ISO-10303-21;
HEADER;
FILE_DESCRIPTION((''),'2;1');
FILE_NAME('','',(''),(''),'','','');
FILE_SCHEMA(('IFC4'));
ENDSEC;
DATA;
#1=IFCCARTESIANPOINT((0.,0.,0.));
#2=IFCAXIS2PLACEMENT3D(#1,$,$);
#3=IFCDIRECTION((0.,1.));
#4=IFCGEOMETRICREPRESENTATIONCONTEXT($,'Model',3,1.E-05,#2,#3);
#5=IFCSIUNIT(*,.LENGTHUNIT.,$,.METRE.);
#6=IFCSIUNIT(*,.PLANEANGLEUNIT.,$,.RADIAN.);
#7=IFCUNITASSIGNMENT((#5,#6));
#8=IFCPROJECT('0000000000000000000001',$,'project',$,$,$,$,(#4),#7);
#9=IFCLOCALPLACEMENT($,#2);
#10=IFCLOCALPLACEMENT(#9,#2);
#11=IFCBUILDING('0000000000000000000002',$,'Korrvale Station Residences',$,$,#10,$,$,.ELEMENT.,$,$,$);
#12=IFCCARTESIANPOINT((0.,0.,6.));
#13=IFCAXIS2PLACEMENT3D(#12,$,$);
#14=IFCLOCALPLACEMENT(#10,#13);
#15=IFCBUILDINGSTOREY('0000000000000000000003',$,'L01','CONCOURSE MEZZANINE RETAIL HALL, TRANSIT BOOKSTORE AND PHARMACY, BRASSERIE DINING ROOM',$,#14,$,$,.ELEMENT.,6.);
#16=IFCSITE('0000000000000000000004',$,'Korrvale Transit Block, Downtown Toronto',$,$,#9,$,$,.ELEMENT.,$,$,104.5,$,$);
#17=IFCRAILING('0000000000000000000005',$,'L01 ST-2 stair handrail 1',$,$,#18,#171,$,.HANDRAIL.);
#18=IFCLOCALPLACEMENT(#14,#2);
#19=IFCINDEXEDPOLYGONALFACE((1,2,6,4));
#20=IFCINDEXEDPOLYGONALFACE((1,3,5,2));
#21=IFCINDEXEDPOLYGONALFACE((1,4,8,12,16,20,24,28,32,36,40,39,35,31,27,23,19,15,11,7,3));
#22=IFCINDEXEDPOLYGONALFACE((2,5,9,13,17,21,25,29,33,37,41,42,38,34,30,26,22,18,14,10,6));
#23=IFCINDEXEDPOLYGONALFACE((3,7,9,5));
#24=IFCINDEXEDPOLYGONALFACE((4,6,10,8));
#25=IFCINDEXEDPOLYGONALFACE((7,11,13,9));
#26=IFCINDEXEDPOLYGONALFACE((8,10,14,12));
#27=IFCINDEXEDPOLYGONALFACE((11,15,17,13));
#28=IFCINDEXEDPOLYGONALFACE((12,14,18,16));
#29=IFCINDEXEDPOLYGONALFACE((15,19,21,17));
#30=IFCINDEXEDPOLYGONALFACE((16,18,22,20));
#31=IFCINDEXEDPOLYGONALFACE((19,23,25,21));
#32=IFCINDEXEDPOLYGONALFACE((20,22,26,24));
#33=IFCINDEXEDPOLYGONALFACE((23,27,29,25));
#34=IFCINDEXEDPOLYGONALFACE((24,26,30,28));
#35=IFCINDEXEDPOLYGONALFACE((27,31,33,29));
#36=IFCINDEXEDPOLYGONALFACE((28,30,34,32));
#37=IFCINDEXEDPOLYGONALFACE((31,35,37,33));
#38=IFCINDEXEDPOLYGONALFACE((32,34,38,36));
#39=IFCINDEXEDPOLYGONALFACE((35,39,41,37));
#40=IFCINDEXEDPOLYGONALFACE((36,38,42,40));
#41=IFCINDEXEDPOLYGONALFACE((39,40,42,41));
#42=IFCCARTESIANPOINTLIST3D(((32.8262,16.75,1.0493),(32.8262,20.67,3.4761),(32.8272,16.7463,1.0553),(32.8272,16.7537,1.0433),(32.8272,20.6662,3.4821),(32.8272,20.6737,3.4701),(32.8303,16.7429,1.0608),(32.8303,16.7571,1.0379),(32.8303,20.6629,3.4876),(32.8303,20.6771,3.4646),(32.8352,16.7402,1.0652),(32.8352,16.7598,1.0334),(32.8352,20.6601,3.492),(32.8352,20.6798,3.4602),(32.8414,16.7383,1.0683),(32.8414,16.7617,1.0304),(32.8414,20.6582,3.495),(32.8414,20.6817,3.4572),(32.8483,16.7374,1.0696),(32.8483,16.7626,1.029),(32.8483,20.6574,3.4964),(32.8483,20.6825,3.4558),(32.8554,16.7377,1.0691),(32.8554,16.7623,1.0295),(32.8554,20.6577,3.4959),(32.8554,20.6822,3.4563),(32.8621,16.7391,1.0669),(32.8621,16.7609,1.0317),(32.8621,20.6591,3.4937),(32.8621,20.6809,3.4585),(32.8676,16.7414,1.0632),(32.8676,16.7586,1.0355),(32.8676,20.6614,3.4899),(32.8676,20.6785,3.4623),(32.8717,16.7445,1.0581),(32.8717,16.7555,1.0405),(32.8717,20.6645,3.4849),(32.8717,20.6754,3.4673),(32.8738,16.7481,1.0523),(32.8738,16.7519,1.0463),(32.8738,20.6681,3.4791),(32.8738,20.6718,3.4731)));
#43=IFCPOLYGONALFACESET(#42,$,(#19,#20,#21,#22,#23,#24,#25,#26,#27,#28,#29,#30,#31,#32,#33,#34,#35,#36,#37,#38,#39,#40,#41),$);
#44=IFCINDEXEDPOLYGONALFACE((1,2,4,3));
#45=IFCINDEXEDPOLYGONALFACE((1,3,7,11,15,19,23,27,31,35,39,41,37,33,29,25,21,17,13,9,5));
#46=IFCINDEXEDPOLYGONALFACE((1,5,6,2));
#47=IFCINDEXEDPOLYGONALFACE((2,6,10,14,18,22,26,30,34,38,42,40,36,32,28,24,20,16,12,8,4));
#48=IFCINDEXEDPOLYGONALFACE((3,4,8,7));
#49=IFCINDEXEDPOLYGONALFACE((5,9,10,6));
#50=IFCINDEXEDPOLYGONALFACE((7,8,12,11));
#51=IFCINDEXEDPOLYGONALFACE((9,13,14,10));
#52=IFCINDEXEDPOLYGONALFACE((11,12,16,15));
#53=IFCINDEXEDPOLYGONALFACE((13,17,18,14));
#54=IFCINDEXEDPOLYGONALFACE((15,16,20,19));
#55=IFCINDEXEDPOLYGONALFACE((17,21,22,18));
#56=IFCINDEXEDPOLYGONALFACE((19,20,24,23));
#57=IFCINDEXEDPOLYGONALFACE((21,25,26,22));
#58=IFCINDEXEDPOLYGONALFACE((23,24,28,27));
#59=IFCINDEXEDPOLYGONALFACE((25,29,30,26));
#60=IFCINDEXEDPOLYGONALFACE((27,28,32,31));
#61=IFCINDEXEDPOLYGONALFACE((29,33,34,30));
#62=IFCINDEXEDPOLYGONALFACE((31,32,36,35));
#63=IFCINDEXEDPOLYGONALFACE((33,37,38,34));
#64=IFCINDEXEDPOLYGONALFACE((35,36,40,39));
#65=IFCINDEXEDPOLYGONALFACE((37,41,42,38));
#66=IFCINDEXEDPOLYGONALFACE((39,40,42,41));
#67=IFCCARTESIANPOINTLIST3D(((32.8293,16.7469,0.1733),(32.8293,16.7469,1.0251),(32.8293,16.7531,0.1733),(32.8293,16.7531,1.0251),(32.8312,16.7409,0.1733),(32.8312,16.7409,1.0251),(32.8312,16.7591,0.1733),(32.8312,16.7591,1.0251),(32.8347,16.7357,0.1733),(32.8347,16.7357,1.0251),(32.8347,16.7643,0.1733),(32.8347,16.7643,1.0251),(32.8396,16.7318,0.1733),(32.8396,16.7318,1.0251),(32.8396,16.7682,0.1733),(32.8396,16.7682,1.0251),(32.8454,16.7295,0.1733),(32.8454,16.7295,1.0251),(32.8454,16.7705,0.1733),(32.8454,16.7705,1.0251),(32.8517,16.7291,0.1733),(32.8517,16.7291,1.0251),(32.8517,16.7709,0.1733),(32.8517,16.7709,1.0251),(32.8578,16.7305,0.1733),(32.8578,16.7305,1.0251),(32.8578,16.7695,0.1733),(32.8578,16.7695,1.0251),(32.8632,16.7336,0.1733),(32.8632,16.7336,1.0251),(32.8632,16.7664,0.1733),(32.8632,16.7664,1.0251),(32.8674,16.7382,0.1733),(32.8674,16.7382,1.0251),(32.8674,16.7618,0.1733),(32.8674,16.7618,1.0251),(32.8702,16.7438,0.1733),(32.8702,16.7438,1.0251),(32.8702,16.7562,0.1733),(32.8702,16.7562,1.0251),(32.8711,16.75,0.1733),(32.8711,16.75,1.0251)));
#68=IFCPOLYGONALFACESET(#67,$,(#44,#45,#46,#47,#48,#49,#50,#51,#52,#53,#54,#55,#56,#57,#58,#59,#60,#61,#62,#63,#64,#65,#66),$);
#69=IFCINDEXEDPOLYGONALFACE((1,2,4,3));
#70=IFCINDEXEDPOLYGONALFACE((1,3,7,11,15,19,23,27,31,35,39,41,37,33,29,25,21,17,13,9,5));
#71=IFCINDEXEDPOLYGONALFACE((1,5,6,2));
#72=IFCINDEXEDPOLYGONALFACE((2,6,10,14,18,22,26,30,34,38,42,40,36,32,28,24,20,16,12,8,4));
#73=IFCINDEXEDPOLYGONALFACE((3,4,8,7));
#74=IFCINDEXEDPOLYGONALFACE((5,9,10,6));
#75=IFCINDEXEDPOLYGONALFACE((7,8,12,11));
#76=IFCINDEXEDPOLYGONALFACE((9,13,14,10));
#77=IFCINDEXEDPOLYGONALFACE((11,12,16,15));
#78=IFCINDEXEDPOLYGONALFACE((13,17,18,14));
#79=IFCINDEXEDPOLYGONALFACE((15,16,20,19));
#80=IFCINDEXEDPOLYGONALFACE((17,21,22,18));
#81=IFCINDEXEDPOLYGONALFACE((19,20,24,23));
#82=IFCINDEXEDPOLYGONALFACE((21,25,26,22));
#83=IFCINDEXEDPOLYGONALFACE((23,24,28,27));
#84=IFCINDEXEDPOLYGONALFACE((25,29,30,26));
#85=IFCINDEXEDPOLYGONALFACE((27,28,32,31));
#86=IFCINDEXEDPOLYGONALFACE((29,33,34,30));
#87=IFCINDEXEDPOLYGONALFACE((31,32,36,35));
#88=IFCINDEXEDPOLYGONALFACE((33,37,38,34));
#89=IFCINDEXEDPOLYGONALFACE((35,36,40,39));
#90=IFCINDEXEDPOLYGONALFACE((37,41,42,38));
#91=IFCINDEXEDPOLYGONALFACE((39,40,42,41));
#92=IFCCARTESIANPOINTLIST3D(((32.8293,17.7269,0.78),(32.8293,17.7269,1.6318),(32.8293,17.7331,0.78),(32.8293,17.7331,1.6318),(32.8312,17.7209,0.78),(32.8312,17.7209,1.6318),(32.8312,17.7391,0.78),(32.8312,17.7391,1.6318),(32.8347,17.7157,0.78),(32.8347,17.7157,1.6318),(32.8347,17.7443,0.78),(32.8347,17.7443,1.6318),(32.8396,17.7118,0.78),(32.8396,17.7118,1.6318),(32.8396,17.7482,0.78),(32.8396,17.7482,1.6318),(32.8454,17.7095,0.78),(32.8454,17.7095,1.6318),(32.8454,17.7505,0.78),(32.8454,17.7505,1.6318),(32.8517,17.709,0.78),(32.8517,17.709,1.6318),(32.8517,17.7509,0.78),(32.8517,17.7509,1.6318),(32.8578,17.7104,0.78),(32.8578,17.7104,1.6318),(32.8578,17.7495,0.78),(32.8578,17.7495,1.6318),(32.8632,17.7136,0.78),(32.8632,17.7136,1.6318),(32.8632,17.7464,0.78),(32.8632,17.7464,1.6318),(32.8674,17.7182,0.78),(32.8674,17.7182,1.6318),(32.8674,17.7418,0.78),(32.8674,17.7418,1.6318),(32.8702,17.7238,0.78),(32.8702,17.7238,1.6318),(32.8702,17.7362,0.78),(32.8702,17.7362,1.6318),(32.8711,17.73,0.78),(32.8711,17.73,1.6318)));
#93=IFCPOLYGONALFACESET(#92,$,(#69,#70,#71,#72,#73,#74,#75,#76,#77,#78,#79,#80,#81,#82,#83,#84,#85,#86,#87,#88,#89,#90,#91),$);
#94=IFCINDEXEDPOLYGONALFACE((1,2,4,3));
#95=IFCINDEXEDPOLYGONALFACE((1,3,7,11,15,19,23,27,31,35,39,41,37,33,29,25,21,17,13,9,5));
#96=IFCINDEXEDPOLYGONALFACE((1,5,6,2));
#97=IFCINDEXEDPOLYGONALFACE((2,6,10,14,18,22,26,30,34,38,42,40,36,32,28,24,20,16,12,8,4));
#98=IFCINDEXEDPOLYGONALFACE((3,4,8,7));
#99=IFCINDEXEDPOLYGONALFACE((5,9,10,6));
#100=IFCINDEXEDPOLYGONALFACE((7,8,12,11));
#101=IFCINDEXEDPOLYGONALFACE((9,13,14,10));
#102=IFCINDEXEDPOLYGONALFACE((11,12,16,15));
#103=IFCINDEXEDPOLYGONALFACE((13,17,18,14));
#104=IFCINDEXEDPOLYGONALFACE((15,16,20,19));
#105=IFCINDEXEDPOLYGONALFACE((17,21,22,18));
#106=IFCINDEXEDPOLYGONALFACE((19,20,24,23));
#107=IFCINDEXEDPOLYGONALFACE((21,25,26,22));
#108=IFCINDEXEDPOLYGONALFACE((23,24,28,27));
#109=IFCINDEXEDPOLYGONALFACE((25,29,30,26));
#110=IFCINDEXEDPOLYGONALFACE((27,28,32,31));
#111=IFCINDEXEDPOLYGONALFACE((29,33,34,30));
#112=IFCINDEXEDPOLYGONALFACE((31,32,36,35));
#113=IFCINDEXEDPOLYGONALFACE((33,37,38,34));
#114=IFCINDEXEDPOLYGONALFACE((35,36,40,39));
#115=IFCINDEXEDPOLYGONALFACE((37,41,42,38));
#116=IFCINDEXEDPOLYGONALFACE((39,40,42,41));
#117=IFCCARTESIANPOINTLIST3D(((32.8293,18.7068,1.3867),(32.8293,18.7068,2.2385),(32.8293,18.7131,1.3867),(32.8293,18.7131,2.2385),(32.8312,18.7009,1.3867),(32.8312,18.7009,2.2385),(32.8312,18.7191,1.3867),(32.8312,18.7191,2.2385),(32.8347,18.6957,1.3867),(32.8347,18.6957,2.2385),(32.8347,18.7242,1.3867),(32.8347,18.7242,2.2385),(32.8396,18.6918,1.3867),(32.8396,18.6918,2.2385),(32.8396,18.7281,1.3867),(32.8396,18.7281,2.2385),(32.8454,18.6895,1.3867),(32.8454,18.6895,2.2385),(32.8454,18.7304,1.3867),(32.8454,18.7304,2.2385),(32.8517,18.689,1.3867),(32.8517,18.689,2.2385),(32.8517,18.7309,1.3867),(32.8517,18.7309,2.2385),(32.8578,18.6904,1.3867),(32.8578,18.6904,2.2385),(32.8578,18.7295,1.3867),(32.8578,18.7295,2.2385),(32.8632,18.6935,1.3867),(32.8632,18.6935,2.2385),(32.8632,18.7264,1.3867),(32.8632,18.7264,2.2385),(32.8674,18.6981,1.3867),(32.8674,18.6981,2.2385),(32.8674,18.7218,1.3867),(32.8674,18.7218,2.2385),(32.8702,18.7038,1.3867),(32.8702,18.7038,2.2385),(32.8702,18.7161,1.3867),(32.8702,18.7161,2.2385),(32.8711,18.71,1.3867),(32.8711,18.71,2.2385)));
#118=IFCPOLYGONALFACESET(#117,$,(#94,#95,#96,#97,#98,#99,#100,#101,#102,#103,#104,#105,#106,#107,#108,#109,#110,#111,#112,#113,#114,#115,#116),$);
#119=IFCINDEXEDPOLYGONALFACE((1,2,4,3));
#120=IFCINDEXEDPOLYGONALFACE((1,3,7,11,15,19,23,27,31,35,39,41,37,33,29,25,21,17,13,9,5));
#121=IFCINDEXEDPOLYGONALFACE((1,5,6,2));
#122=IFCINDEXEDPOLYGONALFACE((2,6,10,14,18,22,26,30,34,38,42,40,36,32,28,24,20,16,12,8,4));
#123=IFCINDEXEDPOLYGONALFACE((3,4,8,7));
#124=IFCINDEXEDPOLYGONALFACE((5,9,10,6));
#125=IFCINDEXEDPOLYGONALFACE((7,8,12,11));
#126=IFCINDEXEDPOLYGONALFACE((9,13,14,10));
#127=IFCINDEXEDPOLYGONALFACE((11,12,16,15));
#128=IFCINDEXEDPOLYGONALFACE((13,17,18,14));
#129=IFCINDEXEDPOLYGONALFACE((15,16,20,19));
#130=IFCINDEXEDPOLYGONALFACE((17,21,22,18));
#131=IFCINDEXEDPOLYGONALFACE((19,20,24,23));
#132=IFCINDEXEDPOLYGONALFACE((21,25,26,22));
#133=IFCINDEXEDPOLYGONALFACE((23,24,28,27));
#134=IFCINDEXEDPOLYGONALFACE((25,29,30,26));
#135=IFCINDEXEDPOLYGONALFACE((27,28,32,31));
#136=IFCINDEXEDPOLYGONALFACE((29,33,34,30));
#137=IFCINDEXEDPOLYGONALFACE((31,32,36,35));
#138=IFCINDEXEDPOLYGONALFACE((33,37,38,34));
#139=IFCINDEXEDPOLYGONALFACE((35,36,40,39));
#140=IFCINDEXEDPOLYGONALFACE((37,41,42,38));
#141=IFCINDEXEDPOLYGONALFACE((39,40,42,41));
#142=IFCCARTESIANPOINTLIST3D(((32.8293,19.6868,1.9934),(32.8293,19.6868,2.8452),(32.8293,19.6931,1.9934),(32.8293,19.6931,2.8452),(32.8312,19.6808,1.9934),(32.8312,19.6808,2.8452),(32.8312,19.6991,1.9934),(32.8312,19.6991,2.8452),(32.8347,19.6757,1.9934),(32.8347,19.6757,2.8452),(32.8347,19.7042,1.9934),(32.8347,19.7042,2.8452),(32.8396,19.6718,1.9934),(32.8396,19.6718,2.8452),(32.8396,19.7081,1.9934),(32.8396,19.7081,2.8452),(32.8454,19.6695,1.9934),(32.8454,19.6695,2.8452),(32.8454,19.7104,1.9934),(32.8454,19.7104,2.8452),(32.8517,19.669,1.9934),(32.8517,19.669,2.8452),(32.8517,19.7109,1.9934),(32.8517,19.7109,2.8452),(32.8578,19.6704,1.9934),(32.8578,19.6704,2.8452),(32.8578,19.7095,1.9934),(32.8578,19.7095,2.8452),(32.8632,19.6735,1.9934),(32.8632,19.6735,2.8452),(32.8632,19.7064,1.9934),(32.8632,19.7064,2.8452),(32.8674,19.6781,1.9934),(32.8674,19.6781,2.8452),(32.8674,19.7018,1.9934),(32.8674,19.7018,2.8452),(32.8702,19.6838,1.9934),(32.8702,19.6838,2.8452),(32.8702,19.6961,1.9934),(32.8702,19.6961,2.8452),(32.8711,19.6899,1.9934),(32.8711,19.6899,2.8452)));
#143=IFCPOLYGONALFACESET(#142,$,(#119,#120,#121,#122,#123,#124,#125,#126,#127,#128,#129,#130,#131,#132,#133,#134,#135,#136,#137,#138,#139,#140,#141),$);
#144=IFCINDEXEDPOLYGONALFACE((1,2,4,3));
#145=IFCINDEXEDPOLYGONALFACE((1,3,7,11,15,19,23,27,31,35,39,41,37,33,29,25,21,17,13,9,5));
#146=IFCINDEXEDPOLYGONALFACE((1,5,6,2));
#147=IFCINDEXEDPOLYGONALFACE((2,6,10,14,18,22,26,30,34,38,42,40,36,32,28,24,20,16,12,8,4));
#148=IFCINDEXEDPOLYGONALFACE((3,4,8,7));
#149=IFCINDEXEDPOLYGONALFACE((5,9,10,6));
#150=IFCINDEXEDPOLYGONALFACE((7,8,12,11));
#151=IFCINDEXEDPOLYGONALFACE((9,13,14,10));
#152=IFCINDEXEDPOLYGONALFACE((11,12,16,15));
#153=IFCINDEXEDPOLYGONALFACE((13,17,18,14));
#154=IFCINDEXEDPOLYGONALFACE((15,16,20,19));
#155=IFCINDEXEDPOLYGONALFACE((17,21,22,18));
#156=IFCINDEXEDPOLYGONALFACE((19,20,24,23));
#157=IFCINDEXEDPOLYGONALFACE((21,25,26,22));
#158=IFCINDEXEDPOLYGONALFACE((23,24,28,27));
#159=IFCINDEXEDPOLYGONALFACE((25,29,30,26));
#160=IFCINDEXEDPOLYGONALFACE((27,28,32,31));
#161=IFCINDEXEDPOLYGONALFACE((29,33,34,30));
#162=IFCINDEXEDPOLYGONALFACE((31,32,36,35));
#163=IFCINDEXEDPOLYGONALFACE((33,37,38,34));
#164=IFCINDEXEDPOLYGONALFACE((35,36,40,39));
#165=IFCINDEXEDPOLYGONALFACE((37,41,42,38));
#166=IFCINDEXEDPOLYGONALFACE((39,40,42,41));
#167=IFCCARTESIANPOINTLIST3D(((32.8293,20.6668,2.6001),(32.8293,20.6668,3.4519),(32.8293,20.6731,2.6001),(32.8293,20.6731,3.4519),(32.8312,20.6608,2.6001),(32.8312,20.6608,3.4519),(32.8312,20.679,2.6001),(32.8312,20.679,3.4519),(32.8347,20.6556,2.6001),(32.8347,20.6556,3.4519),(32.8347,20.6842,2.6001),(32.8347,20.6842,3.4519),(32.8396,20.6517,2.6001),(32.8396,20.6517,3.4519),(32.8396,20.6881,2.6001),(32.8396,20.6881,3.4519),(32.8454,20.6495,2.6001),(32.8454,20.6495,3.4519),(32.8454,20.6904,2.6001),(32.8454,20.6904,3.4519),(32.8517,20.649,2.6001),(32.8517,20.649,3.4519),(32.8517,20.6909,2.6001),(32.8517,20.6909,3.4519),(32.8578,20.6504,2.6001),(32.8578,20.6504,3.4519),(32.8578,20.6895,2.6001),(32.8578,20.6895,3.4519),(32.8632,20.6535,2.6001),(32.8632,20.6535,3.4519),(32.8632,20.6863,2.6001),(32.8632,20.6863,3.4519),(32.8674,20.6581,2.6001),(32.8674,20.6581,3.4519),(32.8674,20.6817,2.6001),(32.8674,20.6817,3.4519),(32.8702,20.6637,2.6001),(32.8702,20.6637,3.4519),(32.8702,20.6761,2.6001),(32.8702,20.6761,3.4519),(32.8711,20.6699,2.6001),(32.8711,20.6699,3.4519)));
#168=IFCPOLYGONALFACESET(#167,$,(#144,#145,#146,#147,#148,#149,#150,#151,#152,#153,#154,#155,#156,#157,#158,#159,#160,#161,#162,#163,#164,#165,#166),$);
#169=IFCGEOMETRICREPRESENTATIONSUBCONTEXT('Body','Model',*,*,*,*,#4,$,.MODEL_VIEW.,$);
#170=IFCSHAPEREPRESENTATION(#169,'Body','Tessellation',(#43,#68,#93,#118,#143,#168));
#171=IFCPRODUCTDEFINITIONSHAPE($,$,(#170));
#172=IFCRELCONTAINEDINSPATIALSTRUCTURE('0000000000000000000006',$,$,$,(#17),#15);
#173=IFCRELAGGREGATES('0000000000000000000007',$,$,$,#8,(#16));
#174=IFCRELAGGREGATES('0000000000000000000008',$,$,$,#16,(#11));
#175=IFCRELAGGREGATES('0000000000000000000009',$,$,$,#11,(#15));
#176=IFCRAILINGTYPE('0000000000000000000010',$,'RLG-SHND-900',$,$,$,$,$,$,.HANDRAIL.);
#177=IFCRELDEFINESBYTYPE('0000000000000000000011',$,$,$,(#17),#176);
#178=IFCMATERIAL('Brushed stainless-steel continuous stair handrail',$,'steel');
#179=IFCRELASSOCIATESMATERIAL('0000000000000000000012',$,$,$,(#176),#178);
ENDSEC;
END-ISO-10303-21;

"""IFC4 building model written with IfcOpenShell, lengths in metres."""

from ifc_helpers import new_model, si_unit, direction, frame, origin, origin_2d, place, context, subcontext, project, spatial, circle, extrude, material, type_object, element, save


model = new_model("IFC4")

# Units and contexts
model_context = context("Model", 3, precision=1e-05, world=origin(), true_north=direction((0.0, 1.0)))
body_context = subcontext(model_context, "Body", "Model", "MODEL_VIEW")
ifc_project = project(units=[si_unit("LENGTHUNIT", "METRE"), si_unit("PLANEANGLEUNIT", "RADIAN")], contexts=[model_context])

# Site, building, storey
site_placement = place(None, origin())
site = spatial("IfcSite", under=ifc_project, at=site_placement, Name="Korrvale Transit Block, Downtown Toronto", CompositionType="ELEMENT", RefElevation=104.5)
building_placement = place(site_placement, origin())
building = spatial("IfcBuilding", under=site, at=building_placement, Name="Korrvale Station Residences", CompositionType="ELEMENT")
storey_placement = place(building_placement, frame((0.0, 0.0, 6.0)))
storey = spatial("IfcBuildingStorey", under=building, at=storey_placement, Name="L01", Description="CONCOURSE MEZZANINE RETAIL HALL, TRANSIT BOOKSTORE AND PHARMACY, BRASSERIE DINING ROOM", CompositionType="ELEMENT", Elevation=6.0)

# Railing
ifc_material_1 = material(Name="Brushed stainless-steel continuous stair handrail", Category="steel")
railing_type_1 = type_object("IfcRailingType", Name="RLG-SHND-900", PredefinedType="HANDRAIL", material=ifc_material_1)
railing_1_placement = place(storey_placement, frame((32.8501, 16.75, 0.1733)))
element("IfcRailing", 1, at=railing_1_placement, inside=storey, type_object=railing_type_1, Name="L01 ST-2 stair handrail 1", PredefinedType="HANDRAIL", context=body_context, shape_type="SweptSolid", body=[
    extrude(circle(Radius=0.0239, at=origin_2d()), frame((0.0, 0.0, 0.876), z_axis=(0.0, 0.850252, 0.526376), x_axis=(-1.0, 0.0, 0.0)), (0.0, 0.0, 1.0), 4.6104),
    extrude(circle(Radius=0.021, at=origin_2d()), origin(), (0.0, 0.0, 1.0), 0.8518),
    extrude(circle(Radius=0.021, at=origin_2d()), frame((0.0, 0.98, 0.6067)), (0.0, 0.0, 1.0), 0.8518),
    extrude(circle(Radius=0.021, at=origin_2d()), frame((0.0, 1.96, 1.2134)), (0.0, 0.0, 1.0), 0.8518),
    extrude(circle(Radius=0.021, at=origin_2d()), frame((0.0, 2.9399, 1.8201)), (0.0, 0.0, 1.0), 0.8518),
    extrude(circle(Radius=0.021, at=origin_2d()), frame((0.0, 3.9199, 2.4268)), (0.0, 0.0, 1.0), 0.8518),
])

save(model, "model.ifc")
